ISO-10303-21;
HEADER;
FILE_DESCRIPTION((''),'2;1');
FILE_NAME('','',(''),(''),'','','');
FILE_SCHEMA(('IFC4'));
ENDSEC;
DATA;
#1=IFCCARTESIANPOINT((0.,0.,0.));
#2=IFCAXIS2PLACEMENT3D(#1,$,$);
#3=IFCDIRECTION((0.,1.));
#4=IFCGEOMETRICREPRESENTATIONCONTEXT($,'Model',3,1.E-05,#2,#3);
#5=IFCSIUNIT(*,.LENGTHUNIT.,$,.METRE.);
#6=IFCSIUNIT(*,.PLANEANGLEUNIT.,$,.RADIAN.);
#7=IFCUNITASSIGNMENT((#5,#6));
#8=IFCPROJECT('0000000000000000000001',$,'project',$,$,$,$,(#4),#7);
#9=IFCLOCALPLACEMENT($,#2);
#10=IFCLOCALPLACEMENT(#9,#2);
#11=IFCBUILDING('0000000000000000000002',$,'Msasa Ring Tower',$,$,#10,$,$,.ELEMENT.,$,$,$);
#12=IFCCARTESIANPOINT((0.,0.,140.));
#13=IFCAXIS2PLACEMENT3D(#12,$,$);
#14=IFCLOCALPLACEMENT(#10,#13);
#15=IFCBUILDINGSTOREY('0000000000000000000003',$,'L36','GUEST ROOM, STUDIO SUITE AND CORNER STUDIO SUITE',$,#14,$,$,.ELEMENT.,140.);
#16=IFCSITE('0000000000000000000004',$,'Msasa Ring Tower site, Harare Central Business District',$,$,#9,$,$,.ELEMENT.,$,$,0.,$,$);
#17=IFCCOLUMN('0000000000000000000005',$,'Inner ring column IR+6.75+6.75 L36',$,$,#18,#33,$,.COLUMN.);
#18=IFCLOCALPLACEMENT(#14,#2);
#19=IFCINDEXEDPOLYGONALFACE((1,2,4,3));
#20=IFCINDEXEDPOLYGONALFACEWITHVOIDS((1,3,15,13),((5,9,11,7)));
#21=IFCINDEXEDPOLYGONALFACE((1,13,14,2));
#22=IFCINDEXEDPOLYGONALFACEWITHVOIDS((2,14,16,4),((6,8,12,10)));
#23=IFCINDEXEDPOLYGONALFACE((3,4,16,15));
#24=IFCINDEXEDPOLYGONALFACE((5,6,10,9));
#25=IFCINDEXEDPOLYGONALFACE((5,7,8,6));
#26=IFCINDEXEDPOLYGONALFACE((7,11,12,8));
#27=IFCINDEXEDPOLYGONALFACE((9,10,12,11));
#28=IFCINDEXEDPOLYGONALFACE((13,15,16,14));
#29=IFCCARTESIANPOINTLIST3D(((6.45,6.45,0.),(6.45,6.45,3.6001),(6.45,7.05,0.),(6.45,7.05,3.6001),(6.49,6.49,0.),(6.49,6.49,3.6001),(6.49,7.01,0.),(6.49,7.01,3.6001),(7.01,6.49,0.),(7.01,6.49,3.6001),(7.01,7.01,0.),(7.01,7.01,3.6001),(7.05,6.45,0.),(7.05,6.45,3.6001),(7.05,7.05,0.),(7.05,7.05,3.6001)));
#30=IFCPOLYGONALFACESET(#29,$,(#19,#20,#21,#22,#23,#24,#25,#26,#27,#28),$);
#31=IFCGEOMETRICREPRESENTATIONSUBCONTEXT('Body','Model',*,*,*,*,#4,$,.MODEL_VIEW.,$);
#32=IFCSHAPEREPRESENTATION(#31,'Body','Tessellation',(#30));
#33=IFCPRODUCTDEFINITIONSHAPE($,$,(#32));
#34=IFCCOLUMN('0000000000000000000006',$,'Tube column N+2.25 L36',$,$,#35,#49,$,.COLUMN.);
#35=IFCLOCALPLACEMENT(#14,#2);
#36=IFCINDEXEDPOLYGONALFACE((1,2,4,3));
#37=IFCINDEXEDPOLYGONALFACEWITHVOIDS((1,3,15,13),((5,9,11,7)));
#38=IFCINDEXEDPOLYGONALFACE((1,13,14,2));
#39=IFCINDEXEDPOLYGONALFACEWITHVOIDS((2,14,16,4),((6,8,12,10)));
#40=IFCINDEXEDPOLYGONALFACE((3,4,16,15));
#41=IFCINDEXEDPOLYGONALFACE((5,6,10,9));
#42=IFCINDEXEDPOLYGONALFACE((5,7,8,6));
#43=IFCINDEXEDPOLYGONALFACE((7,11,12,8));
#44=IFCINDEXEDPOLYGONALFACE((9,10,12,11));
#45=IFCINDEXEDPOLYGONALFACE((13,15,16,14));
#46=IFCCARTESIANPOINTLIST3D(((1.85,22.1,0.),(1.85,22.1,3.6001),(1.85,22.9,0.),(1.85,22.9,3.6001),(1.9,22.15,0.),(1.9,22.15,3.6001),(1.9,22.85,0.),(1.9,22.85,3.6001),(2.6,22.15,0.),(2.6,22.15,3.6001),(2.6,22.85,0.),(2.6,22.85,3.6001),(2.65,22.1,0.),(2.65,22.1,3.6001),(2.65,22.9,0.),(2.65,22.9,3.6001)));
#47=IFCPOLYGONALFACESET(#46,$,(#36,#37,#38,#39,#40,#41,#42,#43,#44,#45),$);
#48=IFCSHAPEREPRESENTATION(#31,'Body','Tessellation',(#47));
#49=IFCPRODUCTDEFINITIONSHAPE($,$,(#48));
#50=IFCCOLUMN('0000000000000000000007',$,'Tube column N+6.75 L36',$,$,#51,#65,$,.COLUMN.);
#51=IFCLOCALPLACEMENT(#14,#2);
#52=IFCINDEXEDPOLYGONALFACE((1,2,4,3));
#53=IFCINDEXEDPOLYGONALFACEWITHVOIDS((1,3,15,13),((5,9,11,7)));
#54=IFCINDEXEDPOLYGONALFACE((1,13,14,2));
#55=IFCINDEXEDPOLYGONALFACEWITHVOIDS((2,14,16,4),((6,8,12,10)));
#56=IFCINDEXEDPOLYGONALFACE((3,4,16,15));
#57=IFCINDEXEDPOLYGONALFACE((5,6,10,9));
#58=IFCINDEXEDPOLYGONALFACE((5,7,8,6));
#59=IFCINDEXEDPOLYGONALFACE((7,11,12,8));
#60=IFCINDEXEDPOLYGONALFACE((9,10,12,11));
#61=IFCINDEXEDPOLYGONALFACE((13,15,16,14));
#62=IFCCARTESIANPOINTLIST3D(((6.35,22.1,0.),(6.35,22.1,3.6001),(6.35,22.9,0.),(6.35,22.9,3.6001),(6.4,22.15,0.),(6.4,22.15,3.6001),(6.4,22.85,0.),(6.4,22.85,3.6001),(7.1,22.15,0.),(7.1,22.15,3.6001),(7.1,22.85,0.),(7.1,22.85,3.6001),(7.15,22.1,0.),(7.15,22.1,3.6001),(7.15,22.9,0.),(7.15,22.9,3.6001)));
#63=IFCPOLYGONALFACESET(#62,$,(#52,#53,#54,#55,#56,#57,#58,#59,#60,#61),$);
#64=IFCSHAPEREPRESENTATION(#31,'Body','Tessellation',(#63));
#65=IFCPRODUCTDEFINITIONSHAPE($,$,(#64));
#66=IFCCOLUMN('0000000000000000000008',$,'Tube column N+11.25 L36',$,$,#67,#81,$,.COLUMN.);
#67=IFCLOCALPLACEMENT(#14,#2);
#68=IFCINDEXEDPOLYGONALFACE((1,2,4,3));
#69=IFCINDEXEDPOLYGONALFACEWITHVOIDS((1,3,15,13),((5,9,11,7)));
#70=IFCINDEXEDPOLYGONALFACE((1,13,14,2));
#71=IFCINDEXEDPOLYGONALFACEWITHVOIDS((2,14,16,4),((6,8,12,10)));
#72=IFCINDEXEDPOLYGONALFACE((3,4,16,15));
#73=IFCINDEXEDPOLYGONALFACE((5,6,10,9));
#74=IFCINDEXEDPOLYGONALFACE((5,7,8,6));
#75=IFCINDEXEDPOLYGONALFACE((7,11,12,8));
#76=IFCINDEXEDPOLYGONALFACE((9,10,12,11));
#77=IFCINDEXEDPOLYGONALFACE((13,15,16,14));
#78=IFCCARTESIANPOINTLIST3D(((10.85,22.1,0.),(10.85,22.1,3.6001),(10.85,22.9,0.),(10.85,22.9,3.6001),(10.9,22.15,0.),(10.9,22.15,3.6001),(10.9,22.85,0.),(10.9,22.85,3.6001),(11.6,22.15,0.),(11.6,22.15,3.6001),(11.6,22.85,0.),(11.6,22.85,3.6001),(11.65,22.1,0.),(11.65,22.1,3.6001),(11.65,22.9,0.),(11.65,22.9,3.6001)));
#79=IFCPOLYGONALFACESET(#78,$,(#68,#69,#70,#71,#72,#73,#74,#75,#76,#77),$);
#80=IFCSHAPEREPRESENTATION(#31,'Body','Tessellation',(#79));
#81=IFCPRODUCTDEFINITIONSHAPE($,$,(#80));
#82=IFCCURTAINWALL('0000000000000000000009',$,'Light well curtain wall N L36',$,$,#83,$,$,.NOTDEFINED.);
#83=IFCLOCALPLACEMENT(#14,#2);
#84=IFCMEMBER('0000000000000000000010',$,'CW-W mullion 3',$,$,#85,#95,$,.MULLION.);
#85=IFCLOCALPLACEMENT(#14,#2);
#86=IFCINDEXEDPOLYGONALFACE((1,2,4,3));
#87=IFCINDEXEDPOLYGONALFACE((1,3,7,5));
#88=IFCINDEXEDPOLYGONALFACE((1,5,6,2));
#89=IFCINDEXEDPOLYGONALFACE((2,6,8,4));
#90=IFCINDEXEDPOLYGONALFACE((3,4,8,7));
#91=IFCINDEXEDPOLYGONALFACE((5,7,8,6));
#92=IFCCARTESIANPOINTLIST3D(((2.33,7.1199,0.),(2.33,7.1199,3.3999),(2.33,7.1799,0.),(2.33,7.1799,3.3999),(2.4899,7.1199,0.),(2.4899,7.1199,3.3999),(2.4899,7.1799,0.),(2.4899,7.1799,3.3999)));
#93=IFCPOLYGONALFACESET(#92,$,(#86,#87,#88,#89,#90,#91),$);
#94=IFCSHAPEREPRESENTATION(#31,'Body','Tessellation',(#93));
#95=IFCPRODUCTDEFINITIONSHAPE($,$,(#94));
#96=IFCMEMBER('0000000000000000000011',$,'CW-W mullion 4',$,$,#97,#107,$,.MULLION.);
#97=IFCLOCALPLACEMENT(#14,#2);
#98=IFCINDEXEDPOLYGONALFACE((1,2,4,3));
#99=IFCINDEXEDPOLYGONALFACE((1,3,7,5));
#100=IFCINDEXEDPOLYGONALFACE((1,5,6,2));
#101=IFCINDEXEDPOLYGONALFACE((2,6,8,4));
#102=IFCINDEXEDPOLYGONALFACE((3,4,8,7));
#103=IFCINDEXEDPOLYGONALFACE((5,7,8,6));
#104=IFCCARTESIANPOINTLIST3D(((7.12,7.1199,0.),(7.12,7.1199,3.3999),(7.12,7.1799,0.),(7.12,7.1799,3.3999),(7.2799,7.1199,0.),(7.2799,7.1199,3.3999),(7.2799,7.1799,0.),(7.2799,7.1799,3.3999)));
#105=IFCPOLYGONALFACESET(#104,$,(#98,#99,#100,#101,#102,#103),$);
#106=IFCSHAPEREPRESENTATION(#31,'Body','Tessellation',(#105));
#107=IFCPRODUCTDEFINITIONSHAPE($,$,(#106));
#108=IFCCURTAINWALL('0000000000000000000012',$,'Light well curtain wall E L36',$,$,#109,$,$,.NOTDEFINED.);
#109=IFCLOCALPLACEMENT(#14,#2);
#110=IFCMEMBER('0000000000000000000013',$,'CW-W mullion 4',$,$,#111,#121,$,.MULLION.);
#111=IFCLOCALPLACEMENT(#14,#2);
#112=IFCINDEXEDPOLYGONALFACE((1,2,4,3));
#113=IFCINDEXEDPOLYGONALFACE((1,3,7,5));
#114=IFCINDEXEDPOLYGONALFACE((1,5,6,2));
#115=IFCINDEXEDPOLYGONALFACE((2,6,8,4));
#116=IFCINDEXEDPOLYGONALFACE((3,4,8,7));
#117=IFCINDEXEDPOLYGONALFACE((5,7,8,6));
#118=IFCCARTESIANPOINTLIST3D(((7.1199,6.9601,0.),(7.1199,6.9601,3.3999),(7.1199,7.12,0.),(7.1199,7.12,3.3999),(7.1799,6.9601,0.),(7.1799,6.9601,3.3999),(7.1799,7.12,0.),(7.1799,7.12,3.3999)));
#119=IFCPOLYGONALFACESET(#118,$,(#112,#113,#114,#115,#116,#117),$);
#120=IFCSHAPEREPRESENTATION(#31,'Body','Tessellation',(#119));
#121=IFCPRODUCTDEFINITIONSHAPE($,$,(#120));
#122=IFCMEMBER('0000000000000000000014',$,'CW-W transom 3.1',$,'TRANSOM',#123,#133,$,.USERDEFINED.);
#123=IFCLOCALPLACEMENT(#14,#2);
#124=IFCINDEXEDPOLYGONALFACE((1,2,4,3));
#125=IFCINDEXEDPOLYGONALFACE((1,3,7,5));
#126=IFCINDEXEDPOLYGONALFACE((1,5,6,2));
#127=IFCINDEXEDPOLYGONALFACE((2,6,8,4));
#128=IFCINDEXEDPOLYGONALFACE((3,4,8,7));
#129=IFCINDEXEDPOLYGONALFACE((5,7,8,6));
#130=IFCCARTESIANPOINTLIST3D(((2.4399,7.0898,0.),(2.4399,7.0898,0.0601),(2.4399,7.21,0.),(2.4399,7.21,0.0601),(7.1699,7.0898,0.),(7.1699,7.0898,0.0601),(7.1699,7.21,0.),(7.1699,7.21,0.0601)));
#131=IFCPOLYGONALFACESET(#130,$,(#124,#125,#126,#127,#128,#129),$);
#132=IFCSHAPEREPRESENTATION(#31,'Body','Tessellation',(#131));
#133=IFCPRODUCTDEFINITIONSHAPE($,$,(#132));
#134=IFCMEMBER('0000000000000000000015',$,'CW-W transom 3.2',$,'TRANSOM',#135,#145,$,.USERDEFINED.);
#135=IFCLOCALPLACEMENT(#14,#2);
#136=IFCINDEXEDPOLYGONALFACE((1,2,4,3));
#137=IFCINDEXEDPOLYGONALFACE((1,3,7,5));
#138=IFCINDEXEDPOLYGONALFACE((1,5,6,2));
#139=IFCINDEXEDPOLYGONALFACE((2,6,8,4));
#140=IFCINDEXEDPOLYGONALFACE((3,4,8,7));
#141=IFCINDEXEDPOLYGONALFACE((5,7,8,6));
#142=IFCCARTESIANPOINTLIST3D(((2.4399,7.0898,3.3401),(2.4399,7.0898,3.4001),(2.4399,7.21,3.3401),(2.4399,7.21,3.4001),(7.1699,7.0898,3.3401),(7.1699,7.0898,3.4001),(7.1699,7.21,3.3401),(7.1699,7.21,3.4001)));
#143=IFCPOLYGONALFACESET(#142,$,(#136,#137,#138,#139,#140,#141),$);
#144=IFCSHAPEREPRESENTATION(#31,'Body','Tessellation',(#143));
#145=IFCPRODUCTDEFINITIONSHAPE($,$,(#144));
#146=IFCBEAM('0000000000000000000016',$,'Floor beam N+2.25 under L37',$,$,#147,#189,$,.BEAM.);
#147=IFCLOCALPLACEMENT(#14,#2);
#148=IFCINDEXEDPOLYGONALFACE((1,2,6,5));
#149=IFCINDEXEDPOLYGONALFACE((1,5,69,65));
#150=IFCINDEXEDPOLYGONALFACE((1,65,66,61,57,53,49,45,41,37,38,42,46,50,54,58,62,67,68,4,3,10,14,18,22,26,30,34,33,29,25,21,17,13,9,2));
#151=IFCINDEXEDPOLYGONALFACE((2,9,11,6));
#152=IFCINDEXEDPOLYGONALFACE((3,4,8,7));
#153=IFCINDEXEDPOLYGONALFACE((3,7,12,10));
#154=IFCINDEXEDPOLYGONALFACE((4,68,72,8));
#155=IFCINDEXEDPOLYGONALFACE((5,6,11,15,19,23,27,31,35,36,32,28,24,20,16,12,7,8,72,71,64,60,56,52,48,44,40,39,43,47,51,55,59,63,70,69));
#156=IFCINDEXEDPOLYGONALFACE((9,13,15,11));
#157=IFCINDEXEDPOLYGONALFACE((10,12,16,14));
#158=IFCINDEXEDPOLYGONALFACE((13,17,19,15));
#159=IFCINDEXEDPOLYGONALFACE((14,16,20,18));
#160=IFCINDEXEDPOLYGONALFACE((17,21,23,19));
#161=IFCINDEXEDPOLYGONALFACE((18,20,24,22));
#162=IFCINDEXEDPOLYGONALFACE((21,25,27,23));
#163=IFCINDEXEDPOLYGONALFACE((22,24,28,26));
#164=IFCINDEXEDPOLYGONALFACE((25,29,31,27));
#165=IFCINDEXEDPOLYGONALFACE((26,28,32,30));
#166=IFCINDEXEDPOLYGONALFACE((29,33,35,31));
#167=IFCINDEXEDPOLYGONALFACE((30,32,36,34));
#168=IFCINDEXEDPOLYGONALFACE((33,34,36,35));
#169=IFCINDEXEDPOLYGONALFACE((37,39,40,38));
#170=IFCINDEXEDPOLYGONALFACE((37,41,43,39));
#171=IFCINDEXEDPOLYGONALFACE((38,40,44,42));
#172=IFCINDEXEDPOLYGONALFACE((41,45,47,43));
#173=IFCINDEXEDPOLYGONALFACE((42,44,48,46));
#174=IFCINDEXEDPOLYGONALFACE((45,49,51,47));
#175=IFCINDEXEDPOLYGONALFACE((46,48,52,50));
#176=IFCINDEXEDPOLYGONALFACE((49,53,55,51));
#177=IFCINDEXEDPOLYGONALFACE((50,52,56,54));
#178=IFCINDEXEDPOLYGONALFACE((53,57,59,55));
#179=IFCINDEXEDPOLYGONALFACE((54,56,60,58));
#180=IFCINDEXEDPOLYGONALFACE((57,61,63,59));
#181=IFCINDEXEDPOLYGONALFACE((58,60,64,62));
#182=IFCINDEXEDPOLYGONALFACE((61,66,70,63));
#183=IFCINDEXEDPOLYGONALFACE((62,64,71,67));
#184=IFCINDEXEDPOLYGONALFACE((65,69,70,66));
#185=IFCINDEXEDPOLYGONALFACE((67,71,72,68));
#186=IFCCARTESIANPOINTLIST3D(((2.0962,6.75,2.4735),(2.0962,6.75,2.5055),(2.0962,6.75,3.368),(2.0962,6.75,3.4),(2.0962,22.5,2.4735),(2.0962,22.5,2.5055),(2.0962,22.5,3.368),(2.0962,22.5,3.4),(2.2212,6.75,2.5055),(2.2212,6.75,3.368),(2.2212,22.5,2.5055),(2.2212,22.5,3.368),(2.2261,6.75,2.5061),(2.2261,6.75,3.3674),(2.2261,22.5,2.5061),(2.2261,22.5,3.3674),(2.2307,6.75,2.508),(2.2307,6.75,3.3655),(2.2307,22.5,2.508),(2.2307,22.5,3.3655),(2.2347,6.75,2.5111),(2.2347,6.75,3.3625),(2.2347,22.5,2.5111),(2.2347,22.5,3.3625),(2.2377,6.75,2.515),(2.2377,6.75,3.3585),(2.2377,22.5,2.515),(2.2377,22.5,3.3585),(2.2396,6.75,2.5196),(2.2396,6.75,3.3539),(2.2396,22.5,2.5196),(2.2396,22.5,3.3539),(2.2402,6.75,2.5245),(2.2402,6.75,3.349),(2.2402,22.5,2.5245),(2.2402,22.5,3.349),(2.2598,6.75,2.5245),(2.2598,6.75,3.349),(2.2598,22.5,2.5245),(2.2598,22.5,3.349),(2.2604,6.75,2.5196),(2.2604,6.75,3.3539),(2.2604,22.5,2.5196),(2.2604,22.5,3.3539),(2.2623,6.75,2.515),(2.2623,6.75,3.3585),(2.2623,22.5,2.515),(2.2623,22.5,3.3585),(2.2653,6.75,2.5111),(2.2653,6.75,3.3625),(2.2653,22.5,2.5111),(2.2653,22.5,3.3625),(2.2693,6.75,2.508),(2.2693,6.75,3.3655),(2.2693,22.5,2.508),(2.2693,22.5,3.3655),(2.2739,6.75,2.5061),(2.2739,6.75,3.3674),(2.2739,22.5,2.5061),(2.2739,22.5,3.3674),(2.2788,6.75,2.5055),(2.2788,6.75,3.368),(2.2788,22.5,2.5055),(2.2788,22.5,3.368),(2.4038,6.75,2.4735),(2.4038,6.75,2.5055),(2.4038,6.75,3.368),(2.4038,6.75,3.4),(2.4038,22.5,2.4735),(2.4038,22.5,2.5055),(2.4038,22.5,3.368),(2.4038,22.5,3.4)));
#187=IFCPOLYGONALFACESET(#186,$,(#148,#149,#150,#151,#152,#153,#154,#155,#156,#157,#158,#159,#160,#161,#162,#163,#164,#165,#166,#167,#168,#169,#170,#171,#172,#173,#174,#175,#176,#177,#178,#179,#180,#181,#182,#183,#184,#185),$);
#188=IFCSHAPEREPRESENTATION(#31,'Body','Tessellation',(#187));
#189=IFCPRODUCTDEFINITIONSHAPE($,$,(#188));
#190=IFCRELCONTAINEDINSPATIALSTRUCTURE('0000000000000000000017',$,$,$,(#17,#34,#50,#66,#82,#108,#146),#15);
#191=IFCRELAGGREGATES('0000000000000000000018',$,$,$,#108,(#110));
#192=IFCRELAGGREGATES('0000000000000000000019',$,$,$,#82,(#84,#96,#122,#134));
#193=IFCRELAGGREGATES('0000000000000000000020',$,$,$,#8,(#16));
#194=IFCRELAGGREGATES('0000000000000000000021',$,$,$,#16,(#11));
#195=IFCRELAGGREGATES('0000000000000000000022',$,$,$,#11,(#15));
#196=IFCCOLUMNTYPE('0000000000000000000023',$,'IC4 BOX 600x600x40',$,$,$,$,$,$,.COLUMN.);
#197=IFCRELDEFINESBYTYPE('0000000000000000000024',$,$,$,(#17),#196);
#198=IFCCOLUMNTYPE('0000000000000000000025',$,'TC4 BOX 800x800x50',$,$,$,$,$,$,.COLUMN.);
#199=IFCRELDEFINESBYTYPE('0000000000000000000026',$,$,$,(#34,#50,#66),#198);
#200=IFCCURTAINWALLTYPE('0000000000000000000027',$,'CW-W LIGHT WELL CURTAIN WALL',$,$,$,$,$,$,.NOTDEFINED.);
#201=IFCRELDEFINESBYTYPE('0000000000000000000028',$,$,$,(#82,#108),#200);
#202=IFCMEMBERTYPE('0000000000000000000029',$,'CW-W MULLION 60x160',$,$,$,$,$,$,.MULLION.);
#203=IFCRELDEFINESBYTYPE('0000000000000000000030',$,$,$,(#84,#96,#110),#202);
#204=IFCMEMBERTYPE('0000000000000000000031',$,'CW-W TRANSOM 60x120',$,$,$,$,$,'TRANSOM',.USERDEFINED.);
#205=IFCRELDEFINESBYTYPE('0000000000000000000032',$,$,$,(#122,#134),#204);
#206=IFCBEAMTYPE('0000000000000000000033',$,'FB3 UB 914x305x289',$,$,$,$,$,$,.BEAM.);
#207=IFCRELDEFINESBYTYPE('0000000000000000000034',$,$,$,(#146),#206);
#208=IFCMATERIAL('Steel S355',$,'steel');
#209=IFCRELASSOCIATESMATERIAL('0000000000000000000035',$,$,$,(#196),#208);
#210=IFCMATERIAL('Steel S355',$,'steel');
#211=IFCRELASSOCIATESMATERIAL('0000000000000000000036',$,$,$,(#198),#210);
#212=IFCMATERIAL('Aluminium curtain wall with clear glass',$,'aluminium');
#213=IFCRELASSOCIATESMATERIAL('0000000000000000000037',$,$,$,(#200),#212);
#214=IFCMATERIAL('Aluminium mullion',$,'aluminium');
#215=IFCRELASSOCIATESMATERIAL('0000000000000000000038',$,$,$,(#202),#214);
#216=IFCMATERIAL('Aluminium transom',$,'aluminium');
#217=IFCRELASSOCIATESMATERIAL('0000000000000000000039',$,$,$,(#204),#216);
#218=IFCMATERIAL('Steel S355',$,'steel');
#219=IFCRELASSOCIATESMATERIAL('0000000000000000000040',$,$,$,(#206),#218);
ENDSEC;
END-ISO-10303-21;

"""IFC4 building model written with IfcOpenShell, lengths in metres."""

from ifc_helpers import new_model, si_unit, direction, frame, origin, origin_2d, place, context, subcontext, project, spatial, rectangle, hollow_rectangle, i_section, extrude, material, material_profile, profile_set, type_object, element, aggregate, save


model = new_model("IFC4")

# Units and contexts
model_context = context("Model", 3, precision=1e-05, world=origin(), true_north=direction((0.0, 1.0)))
body_context = subcontext(model_context, "Body", "Model", "MODEL_VIEW")
ifc_project = project(units=[si_unit("LENGTHUNIT", "METRE"), si_unit("PLANEANGLEUNIT", "RADIAN")], contexts=[model_context])

# Site, building, storey
site_placement = place(None, origin())
site = spatial("IfcSite", under=ifc_project, at=site_placement, Name="Msasa Ring Tower site, Harare Central Business District", CompositionType="ELEMENT", RefElevation=0.0)
building_placement = place(site_placement, origin())
building = spatial("IfcBuilding", under=site, at=building_placement, Name="Msasa Ring Tower", CompositionType="ELEMENT")
storey_placement = place(building_placement, frame((0.0, 0.0, 140.0)))
storey = spatial("IfcBuildingStorey", under=building, at=storey_placement, Name="L36", Description="GUEST ROOM, STUDIO SUITE AND CORNER STUDIO SUITE", CompositionType="ELEMENT", Elevation=140.0)

# Columns
ifc_material_1 = material(Name="Steel S355", Category="steel")
ifc_material_profile_1 = material_profile(ifc_material_1, hollow_rectangle(XDim=0.6001, YDim=0.6001, WallThickness=0.04, at=origin_2d()), Name="BOX 600x600x40")
ifc_profile_set_1 = profile_set([ifc_material_profile_1], Name="Steel S355")
column_type_1 = type_object("IfcColumnType", Name="IC4 BOX 600x600x40", PredefinedType="COLUMN", material=ifc_profile_set_1)
column_placement = place(storey_placement, frame((6.75, 6.75, 0.0), z_axis=(0.0, 0.0, 1.0), x_axis=(1.0, 0.0, 0.0)))
element("IfcColumn", 1, at=column_placement, inside=storey, type_object=column_type_1, Name="Inner ring column IR+6.75+6.75 L36", PredefinedType="COLUMN", context=body_context, shape_type="SweptSolid", body=[
    extrude(hollow_rectangle(XDim=0.6001, YDim=0.6001, WallThickness=0.04, at=origin_2d()), origin(), (0.0, 0.0, 1.0), 3.6001),
])
ifc_material_2 = material(Name="Steel S355", Category="steel")
ifc_material_profile_2 = material_profile(ifc_material_2, hollow_rectangle(XDim=0.8, YDim=0.8, WallThickness=0.05, at=origin_2d()), Name="BOX 800x800x50")
ifc_profile_set_2 = profile_set([ifc_material_profile_2], Name="Steel S355")
column_type_2 = type_object("IfcColumnType", Name="TC4 BOX 800x800x50", PredefinedType="COLUMN", material=ifc_profile_set_2)
for number, where, z_axis, x_axis, name in (
    (2, (2.25, 22.5, 0.0), (0.0, 0.0, 1.0), (0.0, 1.0, 0.0), "Tube column N+2.25 L36"),
    (3, (6.75, 22.5, 0.0), (0.0, 0.0, 1.0), (0.0, 1.0, 0.0), "Tube column N+6.75 L36"),
    (4, (11.25, 22.5, 0.0), (0.0, 0.0, 1.0), (0.0, 1.0, 0.0), "Tube column N+11.25 L36"),
):
    element("IfcColumn", number, at=place(storey_placement, frame(where, z_axis=z_axis, x_axis=x_axis)), inside=storey, type_object=column_type_2, Name=name, PredefinedType="COLUMN", context=body_context, shape_type="SweptSolid", body=[
        extrude(hollow_rectangle(XDim=0.8, YDim=0.8, WallThickness=0.05, at=origin_2d()), origin(), (0.0, 0.0, 1.0), 3.6001),
    ])

# Curtain wall, members
ifc_material_3 = material(Name="Aluminium curtain wall with clear glass", Category="aluminium")
curtain_wall_type = type_object("IfcCurtainWallType", Name="CW-W LIGHT WELL CURTAIN WALL", PredefinedType="NOTDEFINED", material=ifc_material_3)
curtain_wall_1_placement = place(storey_placement, origin())
curtain_wall_1 = element("IfcCurtainWall", 5, at=curtain_wall_1_placement, inside=storey, type_object=curtain_wall_type, Name="Light well curtain wall N L36", PredefinedType="NOTDEFINED")
ifc_material_4 = material(Name="Aluminium mullion", Category="aluminium")
ifc_material_profile_3 = material_profile(ifc_material_4, rectangle(XDim=0.0601, YDim=0.1599, at=origin_2d()), Name="AL 60x160")
ifc_profile_set_3 = profile_set([ifc_material_profile_3], Name="Aluminium mullion")
member_type_1 = type_object("IfcMemberType", Name="CW-W MULLION 60x160", PredefinedType="MULLION", material=ifc_profile_set_3)
member_1_placement = place(storey_placement, frame((2.4099, 7.1499, 0.0), z_axis=(0.0, 0.0, 1.0), x_axis=(0.0, 1.0, 0.0)))
member_1 = element("IfcMember", 6, at=member_1_placement, type_object=member_type_1, Name="CW-W mullion 3", PredefinedType="MULLION", context=body_context, shape_type="SweptSolid", body=[
    extrude(rectangle(XDim=0.0601, YDim=0.1599, at=origin_2d()), origin(), (0.0, 0.0, 1.0), 3.3999),
])
member_2_placement = place(storey_placement, frame((7.2, 7.1499, 0.0), z_axis=(0.0, 0.0, 1.0), x_axis=(0.0, 1.0, 0.0)))
member_2 = element("IfcMember", 7, at=member_2_placement, type_object=member_type_1, Name="CW-W mullion 4", PredefinedType="MULLION", context=body_context, shape_type="SweptSolid", body=[
    extrude(rectangle(XDim=0.0601, YDim=0.1599, at=origin_2d()), origin(), (0.0, 0.0, 1.0), 3.3999),
])

# Curtain wall, member
curtain_wall_2_placement = place(storey_placement, origin())
curtain_wall_2 = element("IfcCurtainWall", 8, at=curtain_wall_2_placement, inside=storey, type_object=curtain_wall_type, Name="Light well curtain wall E L36", PredefinedType="NOTDEFINED")
member_3_placement = place(storey_placement, frame((7.1499, 7.04, 0.0), z_axis=(0.0, 0.0, 1.0), x_axis=(-1.0, 0.0, 0.0)))
member_3 = element("IfcMember", 9, at=member_3_placement, type_object=member_type_1, Name="CW-W mullion 4", PredefinedType="MULLION", context=body_context, shape_type="SweptSolid", body=[
    extrude(rectangle(XDim=0.0601, YDim=0.1599, at=origin_2d()), origin(), (0.0, 0.0, 1.0), 3.3999),
])
aggregate(curtain_wall_2, [member_3])

# Members
ifc_material_5 = material(Name="Aluminium transom", Category="aluminium")
ifc_material_profile_4 = material_profile(ifc_material_5, rectangle(XDim=0.1201, YDim=0.0601, at=origin_2d()), Name="AL 60x120")
ifc_profile_set_4 = profile_set([ifc_material_profile_4], Name="Aluminium transom")
member_type_2 = type_object("IfcMemberType", Name="CW-W TRANSOM 60x120", ElementType="TRANSOM", PredefinedType="USERDEFINED", material=ifc_profile_set_4)
member_4_placement = place(storey_placement, frame((2.4399, 7.1499, 0.03), z_axis=(1.0, 0.0, 0.0), x_axis=(0.0, 1.0, 0.0)))
member_4 = element("IfcMember", 10, at=member_4_placement, type_object=member_type_2, Name="CW-W transom 3.1", ObjectType="TRANSOM", PredefinedType="USERDEFINED", context=body_context, shape_type="SweptSolid", body=[
    extrude(rectangle(XDim=0.1201, YDim=0.0601, at=origin_2d()), origin(), (0.0, 0.0, 1.0), 4.73),
])
member_5_placement = place(storey_placement, frame((2.4399, 7.1499, 3.3701), z_axis=(1.0, 0.0, 0.0), x_axis=(0.0, 1.0, 0.0)))
member_5 = element("IfcMember", 11, at=member_5_placement, type_object=member_type_2, Name="CW-W transom 3.2", ObjectType="TRANSOM", PredefinedType="USERDEFINED", context=body_context, shape_type="SweptSolid", body=[
    extrude(rectangle(XDim=0.1201, YDim=0.0601, at=origin_2d()), origin(), (0.0, 0.0, 1.0), 4.73),
])

# Beam
ifc_material_6 = material(Name="Steel S355", Category="steel")
ifc_material_profile_5 = material_profile(ifc_material_6, i_section(OverallWidth=0.3076, OverallDepth=0.9265, WebThickness=0.0195, FlangeThickness=0.032, FilletRadius=0.019, at=origin_2d()), Name="UB 914x305x289")
ifc_profile_set_5 = profile_set([ifc_material_profile_5], Name="Steel S355")
beam_type_1 = type_object("IfcBeamType", Name="FB3 UB 914x305x289", PredefinedType="BEAM", material=ifc_profile_set_5)
for number, where, z_axis, x_axis, name in (
    (12, (2.25, 22.5, 2.9368), (0.0, -1.0, 0.0), (1.0, 0.0, 0.0), "Floor beam N+2.25 under L37"),
):
    element("IfcBeam", number, at=place(storey_placement, frame(where, z_axis=z_axis, x_axis=x_axis)), inside=storey, type_object=beam_type_1, Name=name, PredefinedType="BEAM", context=body_context, shape_type="SweptSolid", body=[
        extrude(i_section(OverallWidth=0.3076, OverallDepth=0.9265, WebThickness=0.0195, FlangeThickness=0.032, FilletRadius=0.019, at=origin_2d()), origin(), (0.0, 0.0, 1.0), 15.75),
    ])

aggregate(curtain_wall_1, [member_1, member_2, member_4, member_5])

save(model, "model.ifc")
